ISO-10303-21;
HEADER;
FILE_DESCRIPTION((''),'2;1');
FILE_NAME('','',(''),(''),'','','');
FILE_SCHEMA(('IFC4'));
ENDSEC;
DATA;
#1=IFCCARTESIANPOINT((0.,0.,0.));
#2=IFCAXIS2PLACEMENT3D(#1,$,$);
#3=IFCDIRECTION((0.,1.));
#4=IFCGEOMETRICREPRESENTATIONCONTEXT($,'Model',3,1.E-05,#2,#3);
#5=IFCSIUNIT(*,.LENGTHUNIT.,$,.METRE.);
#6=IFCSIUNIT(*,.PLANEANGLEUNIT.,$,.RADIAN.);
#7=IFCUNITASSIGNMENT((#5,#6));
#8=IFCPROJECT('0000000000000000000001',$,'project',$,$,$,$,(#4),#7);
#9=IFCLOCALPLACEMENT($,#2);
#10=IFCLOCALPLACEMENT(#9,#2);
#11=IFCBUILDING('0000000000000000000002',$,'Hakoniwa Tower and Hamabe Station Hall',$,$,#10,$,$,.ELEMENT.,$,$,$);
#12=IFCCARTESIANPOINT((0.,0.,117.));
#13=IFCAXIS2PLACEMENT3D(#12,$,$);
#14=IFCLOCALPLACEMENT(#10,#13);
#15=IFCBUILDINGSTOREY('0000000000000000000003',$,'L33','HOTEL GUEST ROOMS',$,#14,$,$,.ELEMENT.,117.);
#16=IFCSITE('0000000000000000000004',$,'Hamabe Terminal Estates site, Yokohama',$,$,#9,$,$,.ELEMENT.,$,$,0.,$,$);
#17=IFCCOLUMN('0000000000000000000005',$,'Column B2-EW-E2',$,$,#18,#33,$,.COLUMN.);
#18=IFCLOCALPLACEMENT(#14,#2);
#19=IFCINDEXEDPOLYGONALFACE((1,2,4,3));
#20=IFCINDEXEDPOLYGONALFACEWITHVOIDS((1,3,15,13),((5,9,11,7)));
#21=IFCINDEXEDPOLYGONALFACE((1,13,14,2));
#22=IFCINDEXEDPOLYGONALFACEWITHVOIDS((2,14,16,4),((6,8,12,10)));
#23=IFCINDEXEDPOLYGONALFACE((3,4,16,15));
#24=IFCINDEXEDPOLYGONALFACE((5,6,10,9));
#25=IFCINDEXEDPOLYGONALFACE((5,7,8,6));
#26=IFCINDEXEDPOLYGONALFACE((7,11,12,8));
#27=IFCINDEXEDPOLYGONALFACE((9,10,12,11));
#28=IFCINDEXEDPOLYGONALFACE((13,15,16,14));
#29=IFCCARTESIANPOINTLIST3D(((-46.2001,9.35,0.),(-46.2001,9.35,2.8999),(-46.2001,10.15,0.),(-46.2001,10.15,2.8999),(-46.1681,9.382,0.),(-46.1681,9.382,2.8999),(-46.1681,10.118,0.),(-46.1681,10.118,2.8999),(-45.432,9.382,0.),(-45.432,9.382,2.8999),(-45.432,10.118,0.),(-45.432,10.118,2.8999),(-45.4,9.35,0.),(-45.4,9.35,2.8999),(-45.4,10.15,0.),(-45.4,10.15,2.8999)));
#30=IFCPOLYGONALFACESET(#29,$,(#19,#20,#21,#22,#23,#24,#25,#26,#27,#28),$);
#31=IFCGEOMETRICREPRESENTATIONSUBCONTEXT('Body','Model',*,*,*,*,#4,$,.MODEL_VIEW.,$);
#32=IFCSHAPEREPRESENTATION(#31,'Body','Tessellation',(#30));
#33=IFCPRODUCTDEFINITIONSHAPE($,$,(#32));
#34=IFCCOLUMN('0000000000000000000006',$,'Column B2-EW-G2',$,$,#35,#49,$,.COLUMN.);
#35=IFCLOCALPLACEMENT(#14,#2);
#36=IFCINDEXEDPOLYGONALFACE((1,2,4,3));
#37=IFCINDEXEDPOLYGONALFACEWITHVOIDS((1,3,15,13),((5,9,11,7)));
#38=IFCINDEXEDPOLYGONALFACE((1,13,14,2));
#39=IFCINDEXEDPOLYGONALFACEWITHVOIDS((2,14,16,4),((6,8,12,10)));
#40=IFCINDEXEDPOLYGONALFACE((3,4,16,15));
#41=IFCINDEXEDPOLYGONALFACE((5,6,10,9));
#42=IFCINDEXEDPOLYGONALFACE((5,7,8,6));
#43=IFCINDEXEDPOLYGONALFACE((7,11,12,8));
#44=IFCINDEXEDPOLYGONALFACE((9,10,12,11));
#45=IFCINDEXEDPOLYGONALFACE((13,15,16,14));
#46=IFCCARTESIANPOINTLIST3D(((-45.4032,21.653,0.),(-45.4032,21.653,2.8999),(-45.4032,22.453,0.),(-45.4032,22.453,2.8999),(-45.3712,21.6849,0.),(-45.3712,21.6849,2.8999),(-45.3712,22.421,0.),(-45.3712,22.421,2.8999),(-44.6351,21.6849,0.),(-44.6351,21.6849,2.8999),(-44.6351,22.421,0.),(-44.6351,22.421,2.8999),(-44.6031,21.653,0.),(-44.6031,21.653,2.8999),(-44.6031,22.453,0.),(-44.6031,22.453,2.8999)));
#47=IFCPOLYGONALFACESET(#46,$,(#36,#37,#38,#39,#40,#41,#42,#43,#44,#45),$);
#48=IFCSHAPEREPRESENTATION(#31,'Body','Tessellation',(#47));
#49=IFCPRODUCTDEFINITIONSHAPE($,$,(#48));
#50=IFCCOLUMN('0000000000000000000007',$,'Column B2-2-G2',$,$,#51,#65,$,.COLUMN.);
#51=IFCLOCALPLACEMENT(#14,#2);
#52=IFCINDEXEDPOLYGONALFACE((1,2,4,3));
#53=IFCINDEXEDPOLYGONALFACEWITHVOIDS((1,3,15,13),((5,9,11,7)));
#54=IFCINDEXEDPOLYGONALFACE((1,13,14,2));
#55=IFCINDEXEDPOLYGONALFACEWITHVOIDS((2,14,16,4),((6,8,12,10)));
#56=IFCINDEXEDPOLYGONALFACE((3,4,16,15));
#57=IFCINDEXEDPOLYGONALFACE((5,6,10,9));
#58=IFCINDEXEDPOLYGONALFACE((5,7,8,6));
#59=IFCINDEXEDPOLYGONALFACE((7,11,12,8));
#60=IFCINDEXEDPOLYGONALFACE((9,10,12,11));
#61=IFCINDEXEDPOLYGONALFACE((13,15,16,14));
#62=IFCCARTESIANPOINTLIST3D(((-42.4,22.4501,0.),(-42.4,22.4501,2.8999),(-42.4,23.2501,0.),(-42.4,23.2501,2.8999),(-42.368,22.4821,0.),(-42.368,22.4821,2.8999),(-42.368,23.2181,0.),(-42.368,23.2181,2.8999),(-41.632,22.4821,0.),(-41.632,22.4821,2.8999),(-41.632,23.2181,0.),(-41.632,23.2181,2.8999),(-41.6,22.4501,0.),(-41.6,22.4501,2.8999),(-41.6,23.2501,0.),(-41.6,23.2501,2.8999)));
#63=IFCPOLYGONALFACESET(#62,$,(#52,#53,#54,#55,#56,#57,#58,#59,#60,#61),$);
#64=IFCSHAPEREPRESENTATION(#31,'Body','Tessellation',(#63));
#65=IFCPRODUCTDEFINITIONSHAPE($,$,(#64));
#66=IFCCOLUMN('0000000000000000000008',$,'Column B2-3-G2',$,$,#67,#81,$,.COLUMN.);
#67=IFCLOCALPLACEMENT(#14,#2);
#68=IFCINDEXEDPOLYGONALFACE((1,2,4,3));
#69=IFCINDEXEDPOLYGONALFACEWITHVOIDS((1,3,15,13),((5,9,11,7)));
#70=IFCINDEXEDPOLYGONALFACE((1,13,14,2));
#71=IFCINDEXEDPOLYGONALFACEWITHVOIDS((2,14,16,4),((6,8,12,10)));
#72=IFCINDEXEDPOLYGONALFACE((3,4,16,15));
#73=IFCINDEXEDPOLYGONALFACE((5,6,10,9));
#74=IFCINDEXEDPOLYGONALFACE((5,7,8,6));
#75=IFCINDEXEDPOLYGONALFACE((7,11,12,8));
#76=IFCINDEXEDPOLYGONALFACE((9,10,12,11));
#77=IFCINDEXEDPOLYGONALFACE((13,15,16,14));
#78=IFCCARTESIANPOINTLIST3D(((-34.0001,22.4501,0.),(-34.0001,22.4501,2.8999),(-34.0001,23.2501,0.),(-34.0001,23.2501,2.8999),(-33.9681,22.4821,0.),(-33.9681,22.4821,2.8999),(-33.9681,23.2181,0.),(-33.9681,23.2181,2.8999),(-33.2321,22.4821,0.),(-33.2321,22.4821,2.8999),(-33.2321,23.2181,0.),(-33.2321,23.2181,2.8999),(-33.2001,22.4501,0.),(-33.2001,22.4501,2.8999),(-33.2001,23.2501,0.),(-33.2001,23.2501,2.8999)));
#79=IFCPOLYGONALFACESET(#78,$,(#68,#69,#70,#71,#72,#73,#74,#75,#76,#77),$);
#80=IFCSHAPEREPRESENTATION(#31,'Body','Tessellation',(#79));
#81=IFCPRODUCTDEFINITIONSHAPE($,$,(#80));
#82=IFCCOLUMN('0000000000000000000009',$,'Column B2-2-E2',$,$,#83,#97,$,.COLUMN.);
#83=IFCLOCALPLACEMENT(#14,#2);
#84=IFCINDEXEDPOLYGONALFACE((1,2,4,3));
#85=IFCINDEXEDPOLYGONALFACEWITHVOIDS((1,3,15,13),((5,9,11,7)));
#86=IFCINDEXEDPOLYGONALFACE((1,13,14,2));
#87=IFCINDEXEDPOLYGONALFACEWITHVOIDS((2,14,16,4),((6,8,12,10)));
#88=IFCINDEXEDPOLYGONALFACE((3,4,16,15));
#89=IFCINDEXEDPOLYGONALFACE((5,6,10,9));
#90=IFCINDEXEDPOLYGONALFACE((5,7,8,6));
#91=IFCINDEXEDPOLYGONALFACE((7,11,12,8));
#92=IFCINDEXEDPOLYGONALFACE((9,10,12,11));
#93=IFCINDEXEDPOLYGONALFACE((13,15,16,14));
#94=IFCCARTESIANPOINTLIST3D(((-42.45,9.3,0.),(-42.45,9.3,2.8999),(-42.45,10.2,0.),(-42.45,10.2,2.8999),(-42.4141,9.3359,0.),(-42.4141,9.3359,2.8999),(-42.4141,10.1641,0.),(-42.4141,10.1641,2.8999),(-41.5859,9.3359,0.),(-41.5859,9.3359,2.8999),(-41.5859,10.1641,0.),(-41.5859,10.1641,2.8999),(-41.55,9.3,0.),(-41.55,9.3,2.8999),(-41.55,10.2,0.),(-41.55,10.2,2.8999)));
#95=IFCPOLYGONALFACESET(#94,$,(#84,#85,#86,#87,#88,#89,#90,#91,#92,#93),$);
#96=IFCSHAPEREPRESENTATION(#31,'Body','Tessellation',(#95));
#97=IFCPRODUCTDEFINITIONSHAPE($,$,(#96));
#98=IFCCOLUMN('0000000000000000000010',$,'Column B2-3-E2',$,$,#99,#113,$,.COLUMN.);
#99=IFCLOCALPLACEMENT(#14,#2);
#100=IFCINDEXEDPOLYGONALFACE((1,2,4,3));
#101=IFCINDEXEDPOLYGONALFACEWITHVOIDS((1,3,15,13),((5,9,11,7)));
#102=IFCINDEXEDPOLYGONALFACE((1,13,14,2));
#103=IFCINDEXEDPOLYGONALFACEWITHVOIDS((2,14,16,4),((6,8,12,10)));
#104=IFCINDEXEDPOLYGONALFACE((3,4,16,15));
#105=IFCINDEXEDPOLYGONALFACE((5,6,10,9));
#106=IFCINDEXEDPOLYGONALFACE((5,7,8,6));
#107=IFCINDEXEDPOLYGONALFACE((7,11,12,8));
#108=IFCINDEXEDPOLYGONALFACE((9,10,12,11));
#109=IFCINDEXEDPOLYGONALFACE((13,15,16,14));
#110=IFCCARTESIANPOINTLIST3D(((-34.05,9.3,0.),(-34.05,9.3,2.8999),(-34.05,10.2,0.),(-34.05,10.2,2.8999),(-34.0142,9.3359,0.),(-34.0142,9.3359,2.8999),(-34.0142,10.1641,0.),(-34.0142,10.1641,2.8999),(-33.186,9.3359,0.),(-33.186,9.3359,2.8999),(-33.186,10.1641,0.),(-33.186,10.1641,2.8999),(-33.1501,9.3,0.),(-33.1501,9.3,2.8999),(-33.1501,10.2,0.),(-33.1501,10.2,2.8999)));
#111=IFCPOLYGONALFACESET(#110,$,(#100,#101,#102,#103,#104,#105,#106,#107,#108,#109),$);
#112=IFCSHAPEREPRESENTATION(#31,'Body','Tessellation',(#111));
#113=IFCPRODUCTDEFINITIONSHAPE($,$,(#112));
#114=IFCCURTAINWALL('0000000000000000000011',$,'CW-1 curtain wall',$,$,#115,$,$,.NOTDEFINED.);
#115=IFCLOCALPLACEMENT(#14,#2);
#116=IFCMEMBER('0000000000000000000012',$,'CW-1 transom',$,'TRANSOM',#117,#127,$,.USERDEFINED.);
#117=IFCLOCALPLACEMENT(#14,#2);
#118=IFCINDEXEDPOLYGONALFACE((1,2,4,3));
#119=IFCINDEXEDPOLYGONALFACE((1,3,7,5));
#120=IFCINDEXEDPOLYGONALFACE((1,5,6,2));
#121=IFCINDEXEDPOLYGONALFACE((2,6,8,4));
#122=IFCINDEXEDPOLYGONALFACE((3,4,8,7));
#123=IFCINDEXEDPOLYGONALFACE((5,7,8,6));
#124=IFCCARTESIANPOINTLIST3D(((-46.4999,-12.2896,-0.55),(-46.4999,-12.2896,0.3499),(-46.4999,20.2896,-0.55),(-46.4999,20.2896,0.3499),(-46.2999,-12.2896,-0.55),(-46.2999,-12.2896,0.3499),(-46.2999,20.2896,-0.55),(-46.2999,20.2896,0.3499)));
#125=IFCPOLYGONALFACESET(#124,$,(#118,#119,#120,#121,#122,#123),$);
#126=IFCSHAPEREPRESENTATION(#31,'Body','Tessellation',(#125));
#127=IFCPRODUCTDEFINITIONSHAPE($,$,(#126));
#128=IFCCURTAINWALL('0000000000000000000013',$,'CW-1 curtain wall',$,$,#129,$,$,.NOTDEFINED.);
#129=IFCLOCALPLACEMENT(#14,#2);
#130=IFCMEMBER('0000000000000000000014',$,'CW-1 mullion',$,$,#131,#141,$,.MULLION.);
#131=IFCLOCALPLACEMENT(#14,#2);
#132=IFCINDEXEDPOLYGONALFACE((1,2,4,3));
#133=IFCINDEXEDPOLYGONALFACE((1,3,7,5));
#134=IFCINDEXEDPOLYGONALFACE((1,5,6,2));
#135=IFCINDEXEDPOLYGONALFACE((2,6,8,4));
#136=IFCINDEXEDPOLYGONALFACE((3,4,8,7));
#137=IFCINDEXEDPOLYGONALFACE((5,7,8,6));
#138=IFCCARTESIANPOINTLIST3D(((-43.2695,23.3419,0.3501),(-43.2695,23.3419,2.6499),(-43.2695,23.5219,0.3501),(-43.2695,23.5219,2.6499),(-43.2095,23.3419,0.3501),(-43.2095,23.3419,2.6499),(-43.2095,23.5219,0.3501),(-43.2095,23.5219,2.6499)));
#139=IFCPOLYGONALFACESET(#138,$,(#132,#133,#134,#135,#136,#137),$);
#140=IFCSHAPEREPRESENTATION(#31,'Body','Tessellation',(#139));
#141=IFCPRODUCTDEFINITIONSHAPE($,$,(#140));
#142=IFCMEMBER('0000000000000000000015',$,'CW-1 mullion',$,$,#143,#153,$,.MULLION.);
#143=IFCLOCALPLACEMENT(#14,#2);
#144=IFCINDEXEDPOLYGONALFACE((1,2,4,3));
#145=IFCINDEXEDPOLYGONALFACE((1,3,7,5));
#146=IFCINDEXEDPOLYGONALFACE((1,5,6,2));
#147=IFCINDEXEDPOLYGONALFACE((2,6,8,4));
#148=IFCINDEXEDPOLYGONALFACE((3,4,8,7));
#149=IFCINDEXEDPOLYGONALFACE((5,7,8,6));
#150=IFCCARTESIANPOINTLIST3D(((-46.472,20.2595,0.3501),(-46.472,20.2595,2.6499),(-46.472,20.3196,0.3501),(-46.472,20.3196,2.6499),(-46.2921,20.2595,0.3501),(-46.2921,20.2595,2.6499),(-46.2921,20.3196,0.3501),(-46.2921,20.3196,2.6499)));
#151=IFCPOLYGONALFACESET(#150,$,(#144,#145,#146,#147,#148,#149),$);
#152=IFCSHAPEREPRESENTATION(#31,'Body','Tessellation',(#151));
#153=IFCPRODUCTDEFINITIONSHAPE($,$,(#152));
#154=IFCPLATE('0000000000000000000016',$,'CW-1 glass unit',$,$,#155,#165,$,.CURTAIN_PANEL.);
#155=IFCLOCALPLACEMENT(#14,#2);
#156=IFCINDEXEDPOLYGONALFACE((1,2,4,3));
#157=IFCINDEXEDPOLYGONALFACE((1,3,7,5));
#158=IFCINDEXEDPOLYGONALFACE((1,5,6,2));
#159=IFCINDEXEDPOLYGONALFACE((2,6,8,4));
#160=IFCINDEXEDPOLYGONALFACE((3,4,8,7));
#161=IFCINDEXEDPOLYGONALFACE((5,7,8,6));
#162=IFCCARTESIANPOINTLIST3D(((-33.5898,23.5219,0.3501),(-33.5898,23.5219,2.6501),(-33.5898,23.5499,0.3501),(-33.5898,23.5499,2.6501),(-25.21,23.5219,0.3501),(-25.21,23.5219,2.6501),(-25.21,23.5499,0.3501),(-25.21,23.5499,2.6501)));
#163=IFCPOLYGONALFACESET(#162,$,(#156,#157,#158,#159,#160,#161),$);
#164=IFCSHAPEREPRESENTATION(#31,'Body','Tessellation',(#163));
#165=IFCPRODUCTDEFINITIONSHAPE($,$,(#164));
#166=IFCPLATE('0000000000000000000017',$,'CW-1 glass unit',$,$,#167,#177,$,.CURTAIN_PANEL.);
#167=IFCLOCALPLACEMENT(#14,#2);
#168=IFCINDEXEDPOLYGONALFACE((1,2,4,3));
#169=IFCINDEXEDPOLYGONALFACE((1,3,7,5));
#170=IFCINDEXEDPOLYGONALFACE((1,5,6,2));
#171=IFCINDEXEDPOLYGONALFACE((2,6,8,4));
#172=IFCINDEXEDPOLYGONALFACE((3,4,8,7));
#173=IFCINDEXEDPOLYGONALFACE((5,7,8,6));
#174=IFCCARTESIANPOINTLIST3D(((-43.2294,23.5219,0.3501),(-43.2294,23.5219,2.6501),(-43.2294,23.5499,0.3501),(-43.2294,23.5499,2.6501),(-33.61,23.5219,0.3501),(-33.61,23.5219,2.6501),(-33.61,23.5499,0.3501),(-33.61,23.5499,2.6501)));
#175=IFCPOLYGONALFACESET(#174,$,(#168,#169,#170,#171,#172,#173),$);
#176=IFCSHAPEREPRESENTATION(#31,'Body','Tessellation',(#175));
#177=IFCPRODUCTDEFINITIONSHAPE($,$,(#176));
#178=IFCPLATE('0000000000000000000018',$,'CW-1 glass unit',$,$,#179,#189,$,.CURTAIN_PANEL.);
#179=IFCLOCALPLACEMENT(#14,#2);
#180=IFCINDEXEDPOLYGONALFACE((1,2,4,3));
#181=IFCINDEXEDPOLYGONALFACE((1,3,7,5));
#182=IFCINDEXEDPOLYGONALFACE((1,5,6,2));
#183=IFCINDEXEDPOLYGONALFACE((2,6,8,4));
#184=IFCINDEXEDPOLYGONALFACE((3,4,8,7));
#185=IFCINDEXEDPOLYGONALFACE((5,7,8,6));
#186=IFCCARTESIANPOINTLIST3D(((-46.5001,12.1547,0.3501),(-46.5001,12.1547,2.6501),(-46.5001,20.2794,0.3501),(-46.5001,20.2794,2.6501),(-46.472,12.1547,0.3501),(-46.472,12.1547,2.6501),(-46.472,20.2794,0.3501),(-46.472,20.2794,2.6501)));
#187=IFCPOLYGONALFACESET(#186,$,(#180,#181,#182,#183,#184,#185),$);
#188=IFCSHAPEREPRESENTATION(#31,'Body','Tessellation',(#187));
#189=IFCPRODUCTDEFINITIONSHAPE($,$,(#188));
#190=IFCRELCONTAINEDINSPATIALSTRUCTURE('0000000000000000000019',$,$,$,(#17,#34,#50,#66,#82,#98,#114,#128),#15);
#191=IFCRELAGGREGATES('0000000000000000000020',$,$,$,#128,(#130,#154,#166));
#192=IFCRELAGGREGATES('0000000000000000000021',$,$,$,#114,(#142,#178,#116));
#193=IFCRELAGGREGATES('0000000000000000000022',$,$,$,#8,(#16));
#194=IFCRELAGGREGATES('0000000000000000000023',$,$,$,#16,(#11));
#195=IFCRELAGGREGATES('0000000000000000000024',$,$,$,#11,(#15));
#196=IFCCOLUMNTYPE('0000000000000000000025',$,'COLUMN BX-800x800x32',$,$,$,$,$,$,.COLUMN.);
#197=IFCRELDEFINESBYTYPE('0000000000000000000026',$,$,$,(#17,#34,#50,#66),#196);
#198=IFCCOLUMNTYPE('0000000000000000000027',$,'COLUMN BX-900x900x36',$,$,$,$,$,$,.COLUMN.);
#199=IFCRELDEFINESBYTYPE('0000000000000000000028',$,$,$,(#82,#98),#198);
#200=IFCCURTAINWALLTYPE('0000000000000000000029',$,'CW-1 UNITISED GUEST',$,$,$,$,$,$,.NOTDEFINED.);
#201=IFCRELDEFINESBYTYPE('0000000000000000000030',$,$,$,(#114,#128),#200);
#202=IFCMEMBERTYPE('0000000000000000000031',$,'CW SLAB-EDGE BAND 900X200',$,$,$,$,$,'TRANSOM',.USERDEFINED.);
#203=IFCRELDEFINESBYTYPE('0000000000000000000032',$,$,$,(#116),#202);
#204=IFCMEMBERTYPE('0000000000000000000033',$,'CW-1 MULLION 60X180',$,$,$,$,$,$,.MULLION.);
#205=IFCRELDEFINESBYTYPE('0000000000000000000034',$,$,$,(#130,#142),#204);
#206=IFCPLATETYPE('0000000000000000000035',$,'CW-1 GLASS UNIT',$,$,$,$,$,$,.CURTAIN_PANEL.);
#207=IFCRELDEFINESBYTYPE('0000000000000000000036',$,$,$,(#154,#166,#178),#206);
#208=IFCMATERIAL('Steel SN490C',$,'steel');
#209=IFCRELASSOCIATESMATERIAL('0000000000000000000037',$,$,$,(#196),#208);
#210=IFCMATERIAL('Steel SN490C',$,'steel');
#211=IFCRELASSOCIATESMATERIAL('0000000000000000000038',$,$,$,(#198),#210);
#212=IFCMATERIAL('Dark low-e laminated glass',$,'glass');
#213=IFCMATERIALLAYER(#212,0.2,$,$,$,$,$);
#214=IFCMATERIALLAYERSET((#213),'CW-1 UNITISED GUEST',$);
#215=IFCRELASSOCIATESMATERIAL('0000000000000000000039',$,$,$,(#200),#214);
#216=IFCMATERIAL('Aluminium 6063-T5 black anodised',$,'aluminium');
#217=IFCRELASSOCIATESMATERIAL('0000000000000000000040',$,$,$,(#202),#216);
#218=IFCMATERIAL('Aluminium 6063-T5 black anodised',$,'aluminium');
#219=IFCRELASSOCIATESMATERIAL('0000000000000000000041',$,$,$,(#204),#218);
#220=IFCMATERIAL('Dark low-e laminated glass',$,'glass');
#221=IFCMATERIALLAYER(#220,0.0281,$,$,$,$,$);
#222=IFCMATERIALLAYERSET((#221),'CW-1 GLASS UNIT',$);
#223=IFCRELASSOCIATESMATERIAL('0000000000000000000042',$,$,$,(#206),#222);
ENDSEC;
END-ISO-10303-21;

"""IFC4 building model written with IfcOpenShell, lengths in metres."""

from ifc_helpers import new_model, si_unit, direction, frame, origin, origin_2d, place, context, subcontext, project, spatial, rectangle, hollow_rectangle, extrude, material, layer, layer_set, material_profile, profile_set, type_object, element, aggregate, save


model = new_model("IFC4")

# Units and contexts
model_context = context("Model", 3, precision=1e-05, world=origin(), true_north=direction((0.0, 1.0)))
body_context = subcontext(model_context, "Body", "Model", "MODEL_VIEW")
ifc_project = project(units=[si_unit("LENGTHUNIT", "METRE"), si_unit("PLANEANGLEUNIT", "RADIAN")], contexts=[model_context])

# Site, building, storey
site_placement = place(None, origin())
site = spatial("IfcSite", under=ifc_project, at=site_placement, Name="Hamabe Terminal Estates site, Yokohama", CompositionType="ELEMENT", RefElevation=0.0)
building_placement = place(site_placement, origin())
building = spatial("IfcBuilding", under=site, at=building_placement, Name="Hakoniwa Tower and Hamabe Station Hall", CompositionType="ELEMENT")
storey_placement = place(building_placement, frame((0.0, 0.0, 117.0)))
storey = spatial("IfcBuildingStorey", under=building, at=storey_placement, Name="L33", Description="HOTEL GUEST ROOMS", CompositionType="ELEMENT", Elevation=117.0)

# Columns
ifc_material_1 = material(Name="Steel SN490C", Category="steel")
ifc_material_profile_1 = material_profile(ifc_material_1, hollow_rectangle(XDim=0.8, YDim=0.8, WallThickness=0.032, at=origin_2d()), Name="BX-800x800x32")
ifc_profile_set_1 = profile_set([ifc_material_profile_1], Name="Steel SN490C")
column_type_1 = type_object("IfcColumnType", Name="COLUMN BX-800x800x32", PredefinedType="COLUMN", material=ifc_profile_set_1)
for number, where, z_axis, x_axis, name in (
    (1, (-45.8, 9.75, 0.0), (0.0, 0.0, 1.0), (1.0, 0.0, 0.0), "Column B2-EW-E2"),
    (2, (-45.0032, 22.053, 0.0), (0.0, 0.0, 1.0), (1.0, 0.0, 0.0), "Column B2-EW-G2"),
    (3, (-42.0, 22.8501, 0.0), (0.0, 0.0, 1.0), (1.0, 0.0, 0.0), "Column B2-2-G2"),
    (4, (-33.6001, 22.8501, 0.0), (0.0, 0.0, 1.0), (1.0, 0.0, 0.0), "Column B2-3-G2"),
):
    element("IfcColumn", number, at=place(storey_placement, frame(where, z_axis=z_axis, x_axis=x_axis)), inside=storey, type_object=column_type_1, Name=name, PredefinedType="COLUMN", context=body_context, shape_type="SweptSolid", body=[
        extrude(hollow_rectangle(XDim=0.8, YDim=0.8, WallThickness=0.032, at=origin_2d()), origin(), (0.0, 0.0, 1.0), 2.8999),
    ])
ifc_material_2 = material(Name="Steel SN490C", Category="steel")
ifc_material_profile_2 = material_profile(ifc_material_2, hollow_rectangle(XDim=0.8999, YDim=0.8999, WallThickness=0.0359, at=origin_2d()), Name="BX-900x900x36")
ifc_profile_set_2 = profile_set([ifc_material_profile_2], Name="Steel SN490C")
column_type_2 = type_object("IfcColumnType", Name="COLUMN BX-900x900x36", PredefinedType="COLUMN", material=ifc_profile_set_2)
for number, where, z_axis, x_axis, name in (
    (5, (-42.0, 9.75, 0.0), (0.0, 0.0, 1.0), (1.0, 0.0, 0.0), "Column B2-2-E2"),
    (6, (-33.6001, 9.75, 0.0), (0.0, 0.0, 1.0), (1.0, 0.0, 0.0), "Column B2-3-E2"),
):
    element("IfcColumn", number, at=place(storey_placement, frame(where, z_axis=z_axis, x_axis=x_axis)), inside=storey, type_object=column_type_2, Name=name, PredefinedType="COLUMN", context=body_context, shape_type="SweptSolid", body=[
        extrude(hollow_rectangle(XDim=0.8999, YDim=0.8999, WallThickness=0.0359, at=origin_2d()), origin(), (0.0, 0.0, 1.0), 2.8999),
    ])

# Curtain walls, members
ifc_material_3 = material(Name="Dark low-e laminated glass", Category="glass")
ifc_layer_1 = layer(ifc_material_3, 0.2)
ifc_layer_set_1 = layer_set([ifc_layer_1], Name="CW-1 UNITISED GUEST")
curtain_wall_type = type_object("IfcCurtainWallType", Name="CW-1 UNITISED GUEST", PredefinedType="NOTDEFINED", material=ifc_layer_set_1)
curtain_wall_1_placement = place(storey_placement, origin())
curtain_wall_1 = element("IfcCurtainWall", 7, at=curtain_wall_1_placement, inside=storey, type_object=curtain_wall_type, Name="CW-1 curtain wall", PredefinedType="NOTDEFINED")
ifc_material_4 = material(Name="Aluminium 6063-T5 black anodised", Category="aluminium")
ifc_material_profile_3 = material_profile(ifc_material_4, rectangle(XDim=0.2, YDim=0.8999, at=origin_2d()), Name="CW SLAB-EDGE BAND 900X200")
ifc_profile_set_3 = profile_set([ifc_material_profile_3], Name="Aluminium 6063-T5 black anodised")
member_type_1 = type_object("IfcMemberType", Name="CW SLAB-EDGE BAND 900X200", ElementType="TRANSOM", PredefinedType="USERDEFINED", material=ifc_profile_set_3)
member_1_placement = place(storey_placement, frame((-46.3999, 20.2896, -0.1001), z_axis=(0.0, -1.0, 0.0), x_axis=(1.0, 0.0, 0.0)))
member_1 = element("IfcMember", 8, at=member_1_placement, type_object=member_type_1, Name="CW-1 transom", ObjectType="TRANSOM", PredefinedType="USERDEFINED", context=body_context, shape_type="SweptSolid", body=[
    extrude(rectangle(XDim=0.2, YDim=0.8999, at=origin_2d()), origin(), (0.0, 0.0, 1.0), 32.5791),
])
curtain_wall_2_placement = place(storey_placement, origin())
curtain_wall_2 = element("IfcCurtainWall", 9, at=curtain_wall_2_placement, inside=storey, type_object=curtain_wall_type, Name="CW-1 curtain wall", PredefinedType="NOTDEFINED")
ifc_material_5 = material(Name="Aluminium 6063-T5 black anodised", Category="aluminium")
ifc_material_profile_4 = material_profile(ifc_material_5, rectangle(XDim=0.0601, YDim=0.1799, at=origin_2d()), Name="CW-1 MULLION 60X180")
ifc_profile_set_4 = profile_set([ifc_material_profile_4], Name="Aluminium 6063-T5 black anodised")
member_type_2 = type_object("IfcMemberType", Name="CW-1 MULLION 60X180", PredefinedType="MULLION", material=ifc_profile_set_4)
member_2_placement = place(storey_placement, frame((-43.2395, 23.4319, 0.3501), z_axis=(0.0, 0.0, 1.0), x_axis=(-1.0, 0.0, 0.0)))
member_2 = element("IfcMember", 10, at=member_2_placement, type_object=member_type_2, Name="CW-1 mullion", PredefinedType="MULLION", context=body_context, shape_type="SweptSolid", body=[
    extrude(rectangle(XDim=0.0601, YDim=0.1799, at=origin_2d()), origin(), (0.0, 0.0, 1.0), 2.2998),
])

# Member
member_3_placement = place(storey_placement, frame((-46.3821, 20.2896, 0.3501), z_axis=(0.0, 0.0, 1.0), x_axis=(0.0, -1.0, 0.0)))
member_3 = element("IfcMember", 11, at=member_3_placement, type_object=member_type_2, Name="CW-1 mullion", PredefinedType="MULLION", context=body_context, shape_type="SweptSolid", body=[
    extrude(rectangle(XDim=0.0601, YDim=0.1799, at=origin_2d()), origin(), (0.0, 0.0, 1.0), 2.2998),
])

# Plates
ifc_material_6 = material(Name="Dark low-e laminated glass", Category="glass")
ifc_layer_2 = layer(ifc_material_6, 0.0281)
ifc_layer_set_2 = layer_set([ifc_layer_2], Name="CW-1 GLASS UNIT")
plate_type = type_object("IfcPlateType", Name="CW-1 GLASS UNIT", PredefinedType="CURTAIN_PANEL", material=ifc_layer_set_2)
plate_1_placement = place(storey_placement, frame((-29.3999, 23.5359, 0.3501), z_axis=(0.0, 0.0, 1.0), x_axis=(-1.0, 0.0, 0.0)))
plate_1 = element("IfcPlate", 12, at=plate_1_placement, type_object=plate_type, Name="CW-1 glass unit", PredefinedType="CURTAIN_PANEL", context=body_context, shape_type="SweptSolid", body=[
    extrude(rectangle(XDim=8.3799, YDim=0.0281, at=origin_2d()), origin(), (0.0, 0.0, 1.0), 2.3),
])
plate_2_placement = place(storey_placement, frame((-38.4197, 23.5359, 0.3501), z_axis=(0.0, 0.0, 1.0), x_axis=(-1.0, 0.0, 0.0)))
plate_2 = element("IfcPlate", 13, at=plate_2_placement, type_object=plate_type, Name="CW-1 glass unit", PredefinedType="CURTAIN_PANEL", context=body_context, shape_type="SweptSolid", body=[
    extrude(rectangle(XDim=9.6194, YDim=0.0281, at=origin_2d()), origin(), (0.0, 0.0, 1.0), 2.3),
])
aggregate(curtain_wall_2, [member_2, plate_1, plate_2])
plate_3_placement = place(storey_placement, frame((-46.4861, 16.217, 0.3501), z_axis=(0.0, 0.0, 1.0), x_axis=(0.0, -1.0, 0.0)))
plate_3 = element("IfcPlate", 14, at=plate_3_placement, type_object=plate_type, Name="CW-1 glass unit", PredefinedType="CURTAIN_PANEL", context=body_context, shape_type="SweptSolid", body=[
    extrude(rectangle(XDim=8.1248, YDim=0.0281, at=origin_2d()), origin(), (0.0, 0.0, 1.0), 2.3),
])
aggregate(curtain_wall_1, [member_3, plate_3, member_1])

save(model, "model.ifc")
